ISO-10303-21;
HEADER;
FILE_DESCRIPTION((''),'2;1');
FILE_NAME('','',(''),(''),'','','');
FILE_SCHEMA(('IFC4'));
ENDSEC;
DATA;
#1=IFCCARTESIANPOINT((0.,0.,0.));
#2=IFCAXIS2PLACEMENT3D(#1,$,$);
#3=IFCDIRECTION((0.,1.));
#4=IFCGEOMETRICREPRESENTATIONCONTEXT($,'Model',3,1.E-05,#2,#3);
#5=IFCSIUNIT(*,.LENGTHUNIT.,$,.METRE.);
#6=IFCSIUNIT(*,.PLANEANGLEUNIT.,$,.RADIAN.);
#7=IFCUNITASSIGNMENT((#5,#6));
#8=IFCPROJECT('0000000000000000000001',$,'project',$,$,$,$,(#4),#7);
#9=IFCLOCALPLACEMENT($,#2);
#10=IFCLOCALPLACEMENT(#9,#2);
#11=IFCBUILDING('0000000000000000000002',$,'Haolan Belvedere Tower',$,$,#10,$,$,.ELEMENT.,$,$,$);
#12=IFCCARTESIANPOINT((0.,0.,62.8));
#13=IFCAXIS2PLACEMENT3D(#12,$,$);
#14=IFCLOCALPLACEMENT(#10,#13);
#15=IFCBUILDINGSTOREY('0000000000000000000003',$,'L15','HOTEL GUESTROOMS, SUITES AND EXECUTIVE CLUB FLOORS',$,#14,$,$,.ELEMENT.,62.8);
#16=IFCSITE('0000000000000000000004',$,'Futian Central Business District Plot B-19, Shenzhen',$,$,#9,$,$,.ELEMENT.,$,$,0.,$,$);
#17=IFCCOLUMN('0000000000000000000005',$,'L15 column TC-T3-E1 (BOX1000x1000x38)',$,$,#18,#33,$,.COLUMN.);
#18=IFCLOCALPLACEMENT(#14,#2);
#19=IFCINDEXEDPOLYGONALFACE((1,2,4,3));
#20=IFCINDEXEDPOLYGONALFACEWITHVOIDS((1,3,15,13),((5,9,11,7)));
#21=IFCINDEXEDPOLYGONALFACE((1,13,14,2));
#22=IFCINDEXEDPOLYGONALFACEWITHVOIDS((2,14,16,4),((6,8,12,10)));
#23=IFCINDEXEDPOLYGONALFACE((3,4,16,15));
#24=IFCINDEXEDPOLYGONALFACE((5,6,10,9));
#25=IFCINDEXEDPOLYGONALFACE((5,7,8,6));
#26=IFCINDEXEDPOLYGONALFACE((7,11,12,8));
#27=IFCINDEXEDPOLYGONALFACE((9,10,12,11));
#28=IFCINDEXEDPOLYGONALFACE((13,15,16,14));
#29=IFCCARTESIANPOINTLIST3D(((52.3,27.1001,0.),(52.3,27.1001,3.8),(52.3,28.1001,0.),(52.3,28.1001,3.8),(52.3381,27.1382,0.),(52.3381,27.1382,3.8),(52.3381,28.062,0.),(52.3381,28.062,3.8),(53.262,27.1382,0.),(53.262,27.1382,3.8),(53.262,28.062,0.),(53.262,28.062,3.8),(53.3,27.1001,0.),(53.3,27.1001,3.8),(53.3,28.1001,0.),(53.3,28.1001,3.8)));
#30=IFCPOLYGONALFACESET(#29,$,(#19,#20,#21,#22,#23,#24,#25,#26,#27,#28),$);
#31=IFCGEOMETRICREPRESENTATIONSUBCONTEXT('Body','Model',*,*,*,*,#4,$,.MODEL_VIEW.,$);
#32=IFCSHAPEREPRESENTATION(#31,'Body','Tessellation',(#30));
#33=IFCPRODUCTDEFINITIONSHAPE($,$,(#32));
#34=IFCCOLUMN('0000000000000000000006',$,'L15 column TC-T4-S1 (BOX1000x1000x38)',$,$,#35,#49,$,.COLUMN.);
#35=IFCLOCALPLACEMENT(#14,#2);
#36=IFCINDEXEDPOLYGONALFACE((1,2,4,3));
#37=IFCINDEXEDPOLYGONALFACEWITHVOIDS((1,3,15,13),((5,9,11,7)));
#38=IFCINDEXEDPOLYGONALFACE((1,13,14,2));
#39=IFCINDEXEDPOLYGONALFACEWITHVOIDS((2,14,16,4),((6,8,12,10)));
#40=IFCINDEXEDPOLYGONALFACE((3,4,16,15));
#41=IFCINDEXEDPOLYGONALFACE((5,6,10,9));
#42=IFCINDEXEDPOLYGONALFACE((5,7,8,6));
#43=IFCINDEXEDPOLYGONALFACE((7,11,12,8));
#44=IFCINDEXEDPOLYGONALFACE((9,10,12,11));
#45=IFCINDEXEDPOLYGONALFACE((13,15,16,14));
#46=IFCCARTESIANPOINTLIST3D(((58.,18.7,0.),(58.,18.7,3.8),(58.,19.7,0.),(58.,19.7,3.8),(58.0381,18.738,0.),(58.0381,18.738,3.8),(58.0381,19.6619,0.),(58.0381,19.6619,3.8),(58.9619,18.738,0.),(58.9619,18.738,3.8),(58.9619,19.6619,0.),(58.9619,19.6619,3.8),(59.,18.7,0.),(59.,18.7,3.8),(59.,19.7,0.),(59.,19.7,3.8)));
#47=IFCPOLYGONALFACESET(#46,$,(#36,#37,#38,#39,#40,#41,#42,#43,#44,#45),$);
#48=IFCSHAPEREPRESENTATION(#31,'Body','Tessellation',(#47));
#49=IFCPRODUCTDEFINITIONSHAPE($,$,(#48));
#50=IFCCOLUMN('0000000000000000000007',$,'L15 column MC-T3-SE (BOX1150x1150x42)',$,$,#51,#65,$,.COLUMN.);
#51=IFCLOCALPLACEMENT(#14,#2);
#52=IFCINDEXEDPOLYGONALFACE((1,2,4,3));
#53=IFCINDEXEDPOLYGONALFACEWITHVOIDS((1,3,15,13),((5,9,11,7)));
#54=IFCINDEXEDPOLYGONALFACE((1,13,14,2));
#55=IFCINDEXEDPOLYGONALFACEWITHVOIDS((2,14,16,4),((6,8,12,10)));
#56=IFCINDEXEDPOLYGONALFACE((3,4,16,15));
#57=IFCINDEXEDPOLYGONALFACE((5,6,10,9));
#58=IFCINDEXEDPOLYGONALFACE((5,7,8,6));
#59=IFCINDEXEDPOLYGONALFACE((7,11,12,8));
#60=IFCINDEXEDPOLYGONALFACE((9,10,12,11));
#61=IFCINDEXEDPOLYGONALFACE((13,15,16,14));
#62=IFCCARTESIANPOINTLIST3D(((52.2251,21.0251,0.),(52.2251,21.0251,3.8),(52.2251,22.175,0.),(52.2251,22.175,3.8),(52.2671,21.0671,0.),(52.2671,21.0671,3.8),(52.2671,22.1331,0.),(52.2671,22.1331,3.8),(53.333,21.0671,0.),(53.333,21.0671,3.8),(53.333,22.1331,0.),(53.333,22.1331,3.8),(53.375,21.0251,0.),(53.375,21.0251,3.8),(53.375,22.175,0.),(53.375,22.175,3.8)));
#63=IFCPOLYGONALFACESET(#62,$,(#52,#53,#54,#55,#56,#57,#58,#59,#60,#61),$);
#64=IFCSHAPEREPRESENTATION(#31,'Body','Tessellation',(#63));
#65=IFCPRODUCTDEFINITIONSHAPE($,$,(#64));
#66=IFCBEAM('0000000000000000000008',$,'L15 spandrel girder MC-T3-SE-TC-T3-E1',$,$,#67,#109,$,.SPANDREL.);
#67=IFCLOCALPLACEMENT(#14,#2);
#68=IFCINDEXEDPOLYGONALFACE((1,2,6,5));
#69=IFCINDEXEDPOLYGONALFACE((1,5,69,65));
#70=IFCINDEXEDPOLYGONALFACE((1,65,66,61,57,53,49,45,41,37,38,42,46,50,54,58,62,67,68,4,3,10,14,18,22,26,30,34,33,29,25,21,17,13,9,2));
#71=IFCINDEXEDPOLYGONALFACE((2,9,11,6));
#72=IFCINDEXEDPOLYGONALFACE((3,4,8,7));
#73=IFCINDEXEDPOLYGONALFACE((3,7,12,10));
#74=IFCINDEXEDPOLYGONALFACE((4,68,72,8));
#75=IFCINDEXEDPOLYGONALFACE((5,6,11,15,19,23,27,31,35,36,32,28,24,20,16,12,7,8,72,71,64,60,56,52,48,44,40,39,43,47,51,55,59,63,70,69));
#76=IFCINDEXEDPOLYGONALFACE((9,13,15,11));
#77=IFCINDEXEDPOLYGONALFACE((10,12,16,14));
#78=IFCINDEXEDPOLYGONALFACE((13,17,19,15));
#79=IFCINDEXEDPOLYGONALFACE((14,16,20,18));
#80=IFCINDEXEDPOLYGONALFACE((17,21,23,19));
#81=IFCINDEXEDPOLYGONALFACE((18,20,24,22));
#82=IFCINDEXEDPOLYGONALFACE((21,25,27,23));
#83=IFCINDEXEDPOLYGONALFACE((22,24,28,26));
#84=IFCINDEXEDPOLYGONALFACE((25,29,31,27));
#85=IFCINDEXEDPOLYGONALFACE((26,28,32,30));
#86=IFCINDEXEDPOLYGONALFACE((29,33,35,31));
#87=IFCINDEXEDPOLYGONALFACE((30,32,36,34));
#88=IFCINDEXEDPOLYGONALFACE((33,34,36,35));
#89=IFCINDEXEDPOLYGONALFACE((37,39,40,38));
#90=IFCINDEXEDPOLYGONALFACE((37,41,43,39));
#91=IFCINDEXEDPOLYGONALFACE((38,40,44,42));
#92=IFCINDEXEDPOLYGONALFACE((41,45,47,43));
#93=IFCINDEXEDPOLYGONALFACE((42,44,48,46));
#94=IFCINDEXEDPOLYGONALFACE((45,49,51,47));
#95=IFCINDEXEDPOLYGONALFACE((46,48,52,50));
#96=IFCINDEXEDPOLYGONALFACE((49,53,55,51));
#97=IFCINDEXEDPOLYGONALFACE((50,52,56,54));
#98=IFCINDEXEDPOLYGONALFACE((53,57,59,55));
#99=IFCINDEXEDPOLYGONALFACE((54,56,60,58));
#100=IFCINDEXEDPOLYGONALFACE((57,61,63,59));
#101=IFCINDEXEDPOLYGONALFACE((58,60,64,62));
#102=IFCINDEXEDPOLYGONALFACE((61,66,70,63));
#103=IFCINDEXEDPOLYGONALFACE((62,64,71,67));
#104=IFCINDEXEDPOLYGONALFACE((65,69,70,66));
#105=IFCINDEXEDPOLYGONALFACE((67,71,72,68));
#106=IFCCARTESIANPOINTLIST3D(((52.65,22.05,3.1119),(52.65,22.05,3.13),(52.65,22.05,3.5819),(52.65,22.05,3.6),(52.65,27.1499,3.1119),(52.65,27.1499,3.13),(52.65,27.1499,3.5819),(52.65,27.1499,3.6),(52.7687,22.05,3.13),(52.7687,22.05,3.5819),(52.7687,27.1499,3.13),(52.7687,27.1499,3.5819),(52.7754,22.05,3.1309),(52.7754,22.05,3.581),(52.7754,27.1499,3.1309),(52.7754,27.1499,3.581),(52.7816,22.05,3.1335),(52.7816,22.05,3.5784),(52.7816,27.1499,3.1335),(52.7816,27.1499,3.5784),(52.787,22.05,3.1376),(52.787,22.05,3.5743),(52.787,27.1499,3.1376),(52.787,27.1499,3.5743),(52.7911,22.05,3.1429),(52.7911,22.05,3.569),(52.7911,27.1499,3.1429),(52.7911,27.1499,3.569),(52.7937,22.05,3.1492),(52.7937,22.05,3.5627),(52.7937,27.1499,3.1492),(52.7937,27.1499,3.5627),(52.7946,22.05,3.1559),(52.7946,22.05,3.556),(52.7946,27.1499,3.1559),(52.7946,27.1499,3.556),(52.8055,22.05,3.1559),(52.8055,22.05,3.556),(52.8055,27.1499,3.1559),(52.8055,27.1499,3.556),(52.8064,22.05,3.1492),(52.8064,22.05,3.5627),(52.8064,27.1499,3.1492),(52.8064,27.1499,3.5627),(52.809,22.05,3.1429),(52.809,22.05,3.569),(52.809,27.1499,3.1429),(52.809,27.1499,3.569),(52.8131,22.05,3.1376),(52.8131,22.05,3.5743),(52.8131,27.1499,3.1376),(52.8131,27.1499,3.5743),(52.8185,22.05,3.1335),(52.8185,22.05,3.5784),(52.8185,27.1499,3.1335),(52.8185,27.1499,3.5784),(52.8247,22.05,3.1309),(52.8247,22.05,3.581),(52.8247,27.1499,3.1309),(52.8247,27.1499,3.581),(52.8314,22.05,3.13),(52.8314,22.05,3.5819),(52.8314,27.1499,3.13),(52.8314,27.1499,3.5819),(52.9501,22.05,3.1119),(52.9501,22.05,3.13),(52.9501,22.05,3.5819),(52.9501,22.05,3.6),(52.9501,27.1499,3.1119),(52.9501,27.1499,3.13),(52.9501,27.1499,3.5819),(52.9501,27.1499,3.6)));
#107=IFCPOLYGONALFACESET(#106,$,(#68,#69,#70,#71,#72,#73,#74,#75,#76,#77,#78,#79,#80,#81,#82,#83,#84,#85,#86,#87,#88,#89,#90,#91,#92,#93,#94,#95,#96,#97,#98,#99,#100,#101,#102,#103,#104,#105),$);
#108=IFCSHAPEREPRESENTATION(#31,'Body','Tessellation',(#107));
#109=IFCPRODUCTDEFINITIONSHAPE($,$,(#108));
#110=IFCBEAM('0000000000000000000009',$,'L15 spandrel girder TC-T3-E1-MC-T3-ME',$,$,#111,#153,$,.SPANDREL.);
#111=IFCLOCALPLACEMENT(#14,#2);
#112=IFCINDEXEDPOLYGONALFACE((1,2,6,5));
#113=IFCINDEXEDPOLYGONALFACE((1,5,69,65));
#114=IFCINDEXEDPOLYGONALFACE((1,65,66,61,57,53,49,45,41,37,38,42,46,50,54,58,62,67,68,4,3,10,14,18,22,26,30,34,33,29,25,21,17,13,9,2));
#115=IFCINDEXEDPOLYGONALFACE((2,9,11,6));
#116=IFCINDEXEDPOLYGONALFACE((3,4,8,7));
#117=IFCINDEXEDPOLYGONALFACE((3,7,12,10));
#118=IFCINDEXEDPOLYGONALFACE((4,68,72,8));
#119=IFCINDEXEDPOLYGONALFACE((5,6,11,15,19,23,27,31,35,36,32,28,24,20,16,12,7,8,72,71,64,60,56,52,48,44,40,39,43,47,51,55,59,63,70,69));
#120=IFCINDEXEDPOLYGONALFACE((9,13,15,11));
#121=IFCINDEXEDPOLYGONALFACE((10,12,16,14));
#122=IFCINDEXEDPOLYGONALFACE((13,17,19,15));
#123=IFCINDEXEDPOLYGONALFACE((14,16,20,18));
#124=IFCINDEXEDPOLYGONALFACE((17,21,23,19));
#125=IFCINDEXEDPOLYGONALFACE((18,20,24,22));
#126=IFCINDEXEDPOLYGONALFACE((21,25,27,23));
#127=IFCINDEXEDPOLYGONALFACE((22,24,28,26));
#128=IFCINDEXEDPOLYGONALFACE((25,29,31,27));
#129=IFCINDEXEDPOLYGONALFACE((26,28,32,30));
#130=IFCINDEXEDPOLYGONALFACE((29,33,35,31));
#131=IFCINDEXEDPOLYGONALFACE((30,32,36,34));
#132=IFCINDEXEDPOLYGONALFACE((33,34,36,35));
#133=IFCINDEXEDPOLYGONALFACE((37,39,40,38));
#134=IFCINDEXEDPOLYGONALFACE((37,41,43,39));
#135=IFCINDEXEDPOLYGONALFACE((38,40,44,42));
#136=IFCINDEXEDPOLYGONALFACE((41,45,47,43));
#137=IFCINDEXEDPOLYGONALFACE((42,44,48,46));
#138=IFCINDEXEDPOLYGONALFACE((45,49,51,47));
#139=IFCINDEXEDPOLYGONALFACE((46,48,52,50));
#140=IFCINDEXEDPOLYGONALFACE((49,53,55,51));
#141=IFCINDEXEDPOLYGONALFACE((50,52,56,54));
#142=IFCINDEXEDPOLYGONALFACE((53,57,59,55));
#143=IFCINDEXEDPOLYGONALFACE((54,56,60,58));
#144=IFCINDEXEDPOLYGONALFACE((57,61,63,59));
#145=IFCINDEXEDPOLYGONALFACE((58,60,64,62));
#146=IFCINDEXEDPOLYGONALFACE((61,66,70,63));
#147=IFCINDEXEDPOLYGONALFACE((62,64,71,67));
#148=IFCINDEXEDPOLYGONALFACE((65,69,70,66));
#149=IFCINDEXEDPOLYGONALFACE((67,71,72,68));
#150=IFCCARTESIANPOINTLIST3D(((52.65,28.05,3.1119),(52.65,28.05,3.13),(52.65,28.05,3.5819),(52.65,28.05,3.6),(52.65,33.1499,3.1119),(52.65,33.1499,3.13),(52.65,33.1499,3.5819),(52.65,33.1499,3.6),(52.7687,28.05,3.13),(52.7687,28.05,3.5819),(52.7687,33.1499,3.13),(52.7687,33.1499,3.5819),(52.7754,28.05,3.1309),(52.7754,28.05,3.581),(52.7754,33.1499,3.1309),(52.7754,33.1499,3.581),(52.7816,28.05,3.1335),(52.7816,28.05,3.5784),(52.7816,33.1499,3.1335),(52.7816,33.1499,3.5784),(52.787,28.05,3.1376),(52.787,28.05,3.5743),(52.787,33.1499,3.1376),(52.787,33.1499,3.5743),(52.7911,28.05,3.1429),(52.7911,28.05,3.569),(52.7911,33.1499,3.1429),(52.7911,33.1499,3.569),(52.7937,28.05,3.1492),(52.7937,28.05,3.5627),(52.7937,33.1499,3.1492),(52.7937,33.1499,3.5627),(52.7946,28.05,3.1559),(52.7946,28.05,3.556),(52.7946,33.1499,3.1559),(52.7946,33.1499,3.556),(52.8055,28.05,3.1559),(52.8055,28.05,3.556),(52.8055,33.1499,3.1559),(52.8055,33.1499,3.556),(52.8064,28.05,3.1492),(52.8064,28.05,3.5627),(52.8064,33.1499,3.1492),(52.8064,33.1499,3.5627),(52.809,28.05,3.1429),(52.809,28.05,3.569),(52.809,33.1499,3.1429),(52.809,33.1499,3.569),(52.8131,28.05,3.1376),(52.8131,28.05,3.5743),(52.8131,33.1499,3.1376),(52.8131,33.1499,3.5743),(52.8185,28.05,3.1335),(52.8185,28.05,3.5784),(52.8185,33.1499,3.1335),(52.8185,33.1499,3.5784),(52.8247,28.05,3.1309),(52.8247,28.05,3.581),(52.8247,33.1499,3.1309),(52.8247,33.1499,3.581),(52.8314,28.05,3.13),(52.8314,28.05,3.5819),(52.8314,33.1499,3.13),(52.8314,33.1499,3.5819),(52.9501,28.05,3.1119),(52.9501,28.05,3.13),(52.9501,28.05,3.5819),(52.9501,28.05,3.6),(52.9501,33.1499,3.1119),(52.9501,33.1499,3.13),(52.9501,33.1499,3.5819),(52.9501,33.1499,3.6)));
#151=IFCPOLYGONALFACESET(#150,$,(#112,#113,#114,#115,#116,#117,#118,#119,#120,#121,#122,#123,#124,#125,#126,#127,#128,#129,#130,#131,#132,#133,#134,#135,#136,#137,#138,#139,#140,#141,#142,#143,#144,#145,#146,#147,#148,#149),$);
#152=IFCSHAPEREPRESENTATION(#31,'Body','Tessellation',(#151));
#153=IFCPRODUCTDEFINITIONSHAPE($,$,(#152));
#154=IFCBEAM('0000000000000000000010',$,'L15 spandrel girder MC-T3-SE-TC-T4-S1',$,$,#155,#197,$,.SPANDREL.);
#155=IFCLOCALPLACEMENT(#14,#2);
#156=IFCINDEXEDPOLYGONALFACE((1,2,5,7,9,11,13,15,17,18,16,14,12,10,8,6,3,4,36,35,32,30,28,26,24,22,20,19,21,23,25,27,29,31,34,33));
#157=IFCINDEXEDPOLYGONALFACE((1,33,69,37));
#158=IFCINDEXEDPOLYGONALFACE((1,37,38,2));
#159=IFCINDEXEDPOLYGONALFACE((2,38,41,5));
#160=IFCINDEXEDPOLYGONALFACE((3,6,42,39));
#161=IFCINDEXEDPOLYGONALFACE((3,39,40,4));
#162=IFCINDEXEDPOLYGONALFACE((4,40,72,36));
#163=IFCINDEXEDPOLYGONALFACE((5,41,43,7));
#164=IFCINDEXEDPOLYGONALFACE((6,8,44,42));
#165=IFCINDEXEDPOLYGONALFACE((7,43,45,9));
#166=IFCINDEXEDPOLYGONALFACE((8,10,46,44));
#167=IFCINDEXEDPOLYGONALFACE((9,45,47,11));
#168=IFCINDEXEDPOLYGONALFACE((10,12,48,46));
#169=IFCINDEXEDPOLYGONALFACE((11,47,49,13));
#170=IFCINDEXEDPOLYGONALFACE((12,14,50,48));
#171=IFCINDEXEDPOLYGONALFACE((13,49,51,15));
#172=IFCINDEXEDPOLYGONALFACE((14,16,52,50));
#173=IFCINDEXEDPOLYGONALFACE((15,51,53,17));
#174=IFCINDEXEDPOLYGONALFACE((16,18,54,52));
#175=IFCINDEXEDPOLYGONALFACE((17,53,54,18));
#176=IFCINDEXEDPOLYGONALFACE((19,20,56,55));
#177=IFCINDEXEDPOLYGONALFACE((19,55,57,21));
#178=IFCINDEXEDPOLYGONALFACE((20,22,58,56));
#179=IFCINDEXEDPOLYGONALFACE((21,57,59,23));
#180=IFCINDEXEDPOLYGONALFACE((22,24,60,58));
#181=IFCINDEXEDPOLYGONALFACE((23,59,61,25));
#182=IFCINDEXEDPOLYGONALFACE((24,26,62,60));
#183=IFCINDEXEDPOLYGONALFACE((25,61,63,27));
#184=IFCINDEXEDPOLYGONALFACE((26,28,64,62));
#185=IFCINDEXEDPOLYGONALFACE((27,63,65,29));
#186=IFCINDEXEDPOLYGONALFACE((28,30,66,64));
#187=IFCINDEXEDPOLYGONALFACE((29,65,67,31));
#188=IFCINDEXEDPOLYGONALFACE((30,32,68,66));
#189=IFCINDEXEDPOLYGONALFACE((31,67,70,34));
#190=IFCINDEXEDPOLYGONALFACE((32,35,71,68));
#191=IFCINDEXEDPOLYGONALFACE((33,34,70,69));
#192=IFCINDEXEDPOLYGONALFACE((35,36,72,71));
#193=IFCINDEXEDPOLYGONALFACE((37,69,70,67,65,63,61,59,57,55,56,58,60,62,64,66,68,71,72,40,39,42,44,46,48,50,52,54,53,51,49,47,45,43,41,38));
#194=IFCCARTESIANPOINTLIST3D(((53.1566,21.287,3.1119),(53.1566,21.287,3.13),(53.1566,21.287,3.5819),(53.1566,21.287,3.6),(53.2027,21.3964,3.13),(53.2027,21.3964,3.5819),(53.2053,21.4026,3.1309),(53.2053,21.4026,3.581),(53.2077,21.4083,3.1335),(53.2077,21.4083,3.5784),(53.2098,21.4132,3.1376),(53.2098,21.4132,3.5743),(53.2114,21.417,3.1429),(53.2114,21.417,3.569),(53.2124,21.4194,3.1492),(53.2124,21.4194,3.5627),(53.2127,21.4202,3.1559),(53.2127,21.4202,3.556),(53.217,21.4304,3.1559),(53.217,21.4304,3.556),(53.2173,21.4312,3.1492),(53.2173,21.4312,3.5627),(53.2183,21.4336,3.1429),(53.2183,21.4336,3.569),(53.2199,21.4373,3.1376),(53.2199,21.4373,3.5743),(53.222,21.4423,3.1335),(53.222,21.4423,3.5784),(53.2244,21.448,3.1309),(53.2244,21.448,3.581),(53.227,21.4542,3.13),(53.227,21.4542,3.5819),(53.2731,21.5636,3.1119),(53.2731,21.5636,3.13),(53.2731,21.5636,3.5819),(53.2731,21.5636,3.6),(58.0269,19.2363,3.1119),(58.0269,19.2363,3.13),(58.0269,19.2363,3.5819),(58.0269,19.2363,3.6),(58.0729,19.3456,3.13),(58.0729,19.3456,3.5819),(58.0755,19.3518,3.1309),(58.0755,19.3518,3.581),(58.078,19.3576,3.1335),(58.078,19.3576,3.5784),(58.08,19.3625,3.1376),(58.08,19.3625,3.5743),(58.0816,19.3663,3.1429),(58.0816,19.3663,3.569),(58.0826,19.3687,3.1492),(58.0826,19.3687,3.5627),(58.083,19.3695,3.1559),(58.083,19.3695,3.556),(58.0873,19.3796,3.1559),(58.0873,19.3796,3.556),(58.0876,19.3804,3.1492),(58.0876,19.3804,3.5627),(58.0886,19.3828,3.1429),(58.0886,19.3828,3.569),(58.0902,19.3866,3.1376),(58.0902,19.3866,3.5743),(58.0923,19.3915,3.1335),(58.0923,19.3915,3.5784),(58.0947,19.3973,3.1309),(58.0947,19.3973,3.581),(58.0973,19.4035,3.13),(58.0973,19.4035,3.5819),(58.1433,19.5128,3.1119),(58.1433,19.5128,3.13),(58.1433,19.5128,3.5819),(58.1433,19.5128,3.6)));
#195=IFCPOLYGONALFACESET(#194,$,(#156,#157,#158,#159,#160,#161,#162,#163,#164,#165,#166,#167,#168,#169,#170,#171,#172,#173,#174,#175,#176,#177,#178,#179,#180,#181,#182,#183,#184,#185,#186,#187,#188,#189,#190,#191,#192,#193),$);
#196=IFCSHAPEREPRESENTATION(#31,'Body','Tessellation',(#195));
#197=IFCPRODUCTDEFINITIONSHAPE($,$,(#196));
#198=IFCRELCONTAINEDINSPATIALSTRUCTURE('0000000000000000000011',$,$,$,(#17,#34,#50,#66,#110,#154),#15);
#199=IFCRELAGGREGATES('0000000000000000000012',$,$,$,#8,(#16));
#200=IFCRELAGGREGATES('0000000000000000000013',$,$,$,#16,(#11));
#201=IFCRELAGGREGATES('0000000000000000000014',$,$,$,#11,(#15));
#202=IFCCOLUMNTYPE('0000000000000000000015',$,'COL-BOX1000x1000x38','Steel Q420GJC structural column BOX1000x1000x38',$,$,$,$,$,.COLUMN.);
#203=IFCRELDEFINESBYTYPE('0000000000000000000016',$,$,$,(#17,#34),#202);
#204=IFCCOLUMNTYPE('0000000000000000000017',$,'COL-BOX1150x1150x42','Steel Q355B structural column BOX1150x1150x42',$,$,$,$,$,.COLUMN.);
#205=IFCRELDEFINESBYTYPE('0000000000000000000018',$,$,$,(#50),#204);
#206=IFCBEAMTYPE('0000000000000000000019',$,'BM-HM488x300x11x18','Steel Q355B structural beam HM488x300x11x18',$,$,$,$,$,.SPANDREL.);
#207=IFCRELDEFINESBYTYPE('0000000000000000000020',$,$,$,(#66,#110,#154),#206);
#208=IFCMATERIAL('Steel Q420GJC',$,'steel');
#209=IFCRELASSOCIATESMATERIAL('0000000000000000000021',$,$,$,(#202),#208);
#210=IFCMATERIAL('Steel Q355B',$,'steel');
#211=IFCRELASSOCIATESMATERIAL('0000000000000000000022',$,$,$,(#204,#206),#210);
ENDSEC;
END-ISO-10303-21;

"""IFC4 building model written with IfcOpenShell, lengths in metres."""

from ifc_helpers import new_model, si_unit, direction, frame, origin, origin_2d, place, context, subcontext, project, spatial, hollow_rectangle, i_section, extrude, material, material_profile, profile_set, type_object, element, save


model = new_model("IFC4")

# Units and contexts
model_context = context("Model", 3, precision=1e-05, world=origin(), true_north=direction((0.0, 1.0)))
body_context = subcontext(model_context, "Body", "Model", "MODEL_VIEW")
ifc_project = project(units=[si_unit("LENGTHUNIT", "METRE"), si_unit("PLANEANGLEUNIT", "RADIAN")], contexts=[model_context])

# Site, building, storey
site_placement = place(None, origin())
site = spatial("IfcSite", under=ifc_project, at=site_placement, Name="Futian Central Business District Plot B-19, Shenzhen", CompositionType="ELEMENT", RefElevation=0.0)
building_placement = place(site_placement, origin())
building = spatial("IfcBuilding", under=site, at=building_placement, Name="Haolan Belvedere Tower", CompositionType="ELEMENT")
storey_placement = place(building_placement, frame((0.0, 0.0, 62.8)))
storey = spatial("IfcBuildingStorey", under=building, at=storey_placement, Name="L15", Description="HOTEL GUESTROOMS, SUITES AND EXECUTIVE CLUB FLOORS", CompositionType="ELEMENT", Elevation=62.8)

# Columns
ifc_material_1 = material(Name="Steel Q420GJC", Category="steel")
ifc_material_profile_1 = material_profile(ifc_material_1, hollow_rectangle(XDim=1.0, YDim=1.0, WallThickness=0.0381, at=origin_2d()), Name="Steel Q420GJC")
ifc_profile_set_1 = profile_set([ifc_material_profile_1], Name="Steel Q420GJC")
column_type_1 = type_object("IfcColumnType", Name="COL-BOX1000x1000x38", Description="Steel Q420GJC structural column BOX1000x1000x38", PredefinedType="COLUMN", material=ifc_profile_set_1)
for number, where, z_axis, x_axis, name in (
    (1, (52.8, 27.6001, 0.0), (0.0, 0.0, 1.0), (1.0, 0.0, 0.0), "L15 column TC-T3-E1 (BOX1000x1000x38)"),
    (2, (58.5, 19.2, 0.0), (0.0, 0.0, 1.0), (1.0, 0.0, 0.0), "L15 column TC-T4-S1 (BOX1000x1000x38)"),
):
    element("IfcColumn", number, at=place(storey_placement, frame(where, z_axis=z_axis, x_axis=x_axis)), inside=storey, type_object=column_type_1, Name=name, PredefinedType="COLUMN", context=body_context, shape_type="SweptSolid", body=[
        extrude(hollow_rectangle(XDim=1.0, YDim=1.0, WallThickness=0.0381, at=origin_2d()), origin(), (0.0, 0.0, 1.0), 3.8),
    ])
ifc_material_2 = material(Name="Steel Q355B", Category="steel")
ifc_material_profile_2 = material_profile(ifc_material_2, hollow_rectangle(XDim=1.1499, YDim=1.1499, WallThickness=0.042, at=origin_2d()), Name="Steel Q355B")
ifc_profile_set_2 = profile_set([ifc_material_profile_2], Name="Steel Q355B")
column_type_2 = type_object("IfcColumnType", Name="COL-BOX1150x1150x42", Description="Steel Q355B structural column BOX1150x1150x42", PredefinedType="COLUMN", material=ifc_profile_set_2)
column_placement = place(storey_placement, frame((52.8, 21.6001, 0.0), z_axis=(0.0, 0.0, 1.0), x_axis=(1.0, 0.0, 0.0)))
element("IfcColumn", 3, at=column_placement, inside=storey, type_object=column_type_2, Name="L15 column MC-T3-SE (BOX1150x1150x42)", PredefinedType="COLUMN", context=body_context, shape_type="SweptSolid", body=[
    extrude(hollow_rectangle(XDim=1.1499, YDim=1.1499, WallThickness=0.042, at=origin_2d()), origin(), (0.0, 0.0, 1.0), 3.8),
])

# Beams
ifc_material_profile_3 = material_profile(ifc_material_2, i_section(OverallWidth=0.3, OverallDepth=0.488, WebThickness=0.011, FlangeThickness=0.0181, FilletRadius=0.0259, at=origin_2d()), Name="Steel Q355B")
ifc_profile_set_3 = profile_set([ifc_material_profile_3], Name="Steel Q355B")
beam_type_1 = type_object("IfcBeamType", Name="BM-HM488x300x11x18", Description="Steel Q355B structural beam HM488x300x11x18", PredefinedType="SPANDREL", material=ifc_profile_set_3)
for number, where, z_axis, x_axis, name in (
    (4, (52.8, 22.05, 3.356), (0.0, 1.0, 0.0), (-1.0, 0.0, 0.0), "L15 spandrel girder MC-T3-SE-TC-T3-E1"),
    (5, (52.8, 28.05, 3.356), (0.0, 1.0, 0.0), (-1.0, 0.0, 0.0), "L15 spandrel girder TC-T3-E1-MC-T3-ME"),
):
    element("IfcBeam", number, at=place(storey_placement, frame(where, z_axis=z_axis, x_axis=x_axis)), inside=storey, type_object=beam_type_1, Name=name, PredefinedType="SPANDREL", context=body_context, shape_type="SweptSolid", body=[
        extrude(i_section(OverallWidth=0.3, OverallDepth=0.488, WebThickness=0.011, FlangeThickness=0.0181, FilletRadius=0.0259, at=origin_2d()), origin(), (0.0, 0.0, 1.0), 5.0999),
    ])
for number, where, z_axis, x_axis, name in (
    (6, (53.2148, 21.4253, 3.356), (0.921628, -0.388074, 0.0), (0.388074, 0.921628, 0.0), "L15 spandrel girder MC-T3-SE-TC-T4-S1"),
):
    element("IfcBeam", number, at=place(storey_placement, frame(where, z_axis=z_axis, x_axis=x_axis)), inside=storey, type_object=beam_type_1, Name=name, PredefinedType="SPANDREL", context=body_context, shape_type="SweptSolid", body=[
        extrude(i_section(OverallWidth=0.3, OverallDepth=0.488, WebThickness=0.011, FlangeThickness=0.0181, FilletRadius=0.0259, at=origin_2d()), origin(), (0.0, 0.0, 1.0), 5.2844),
    ])

save(model, "model.ifc")
